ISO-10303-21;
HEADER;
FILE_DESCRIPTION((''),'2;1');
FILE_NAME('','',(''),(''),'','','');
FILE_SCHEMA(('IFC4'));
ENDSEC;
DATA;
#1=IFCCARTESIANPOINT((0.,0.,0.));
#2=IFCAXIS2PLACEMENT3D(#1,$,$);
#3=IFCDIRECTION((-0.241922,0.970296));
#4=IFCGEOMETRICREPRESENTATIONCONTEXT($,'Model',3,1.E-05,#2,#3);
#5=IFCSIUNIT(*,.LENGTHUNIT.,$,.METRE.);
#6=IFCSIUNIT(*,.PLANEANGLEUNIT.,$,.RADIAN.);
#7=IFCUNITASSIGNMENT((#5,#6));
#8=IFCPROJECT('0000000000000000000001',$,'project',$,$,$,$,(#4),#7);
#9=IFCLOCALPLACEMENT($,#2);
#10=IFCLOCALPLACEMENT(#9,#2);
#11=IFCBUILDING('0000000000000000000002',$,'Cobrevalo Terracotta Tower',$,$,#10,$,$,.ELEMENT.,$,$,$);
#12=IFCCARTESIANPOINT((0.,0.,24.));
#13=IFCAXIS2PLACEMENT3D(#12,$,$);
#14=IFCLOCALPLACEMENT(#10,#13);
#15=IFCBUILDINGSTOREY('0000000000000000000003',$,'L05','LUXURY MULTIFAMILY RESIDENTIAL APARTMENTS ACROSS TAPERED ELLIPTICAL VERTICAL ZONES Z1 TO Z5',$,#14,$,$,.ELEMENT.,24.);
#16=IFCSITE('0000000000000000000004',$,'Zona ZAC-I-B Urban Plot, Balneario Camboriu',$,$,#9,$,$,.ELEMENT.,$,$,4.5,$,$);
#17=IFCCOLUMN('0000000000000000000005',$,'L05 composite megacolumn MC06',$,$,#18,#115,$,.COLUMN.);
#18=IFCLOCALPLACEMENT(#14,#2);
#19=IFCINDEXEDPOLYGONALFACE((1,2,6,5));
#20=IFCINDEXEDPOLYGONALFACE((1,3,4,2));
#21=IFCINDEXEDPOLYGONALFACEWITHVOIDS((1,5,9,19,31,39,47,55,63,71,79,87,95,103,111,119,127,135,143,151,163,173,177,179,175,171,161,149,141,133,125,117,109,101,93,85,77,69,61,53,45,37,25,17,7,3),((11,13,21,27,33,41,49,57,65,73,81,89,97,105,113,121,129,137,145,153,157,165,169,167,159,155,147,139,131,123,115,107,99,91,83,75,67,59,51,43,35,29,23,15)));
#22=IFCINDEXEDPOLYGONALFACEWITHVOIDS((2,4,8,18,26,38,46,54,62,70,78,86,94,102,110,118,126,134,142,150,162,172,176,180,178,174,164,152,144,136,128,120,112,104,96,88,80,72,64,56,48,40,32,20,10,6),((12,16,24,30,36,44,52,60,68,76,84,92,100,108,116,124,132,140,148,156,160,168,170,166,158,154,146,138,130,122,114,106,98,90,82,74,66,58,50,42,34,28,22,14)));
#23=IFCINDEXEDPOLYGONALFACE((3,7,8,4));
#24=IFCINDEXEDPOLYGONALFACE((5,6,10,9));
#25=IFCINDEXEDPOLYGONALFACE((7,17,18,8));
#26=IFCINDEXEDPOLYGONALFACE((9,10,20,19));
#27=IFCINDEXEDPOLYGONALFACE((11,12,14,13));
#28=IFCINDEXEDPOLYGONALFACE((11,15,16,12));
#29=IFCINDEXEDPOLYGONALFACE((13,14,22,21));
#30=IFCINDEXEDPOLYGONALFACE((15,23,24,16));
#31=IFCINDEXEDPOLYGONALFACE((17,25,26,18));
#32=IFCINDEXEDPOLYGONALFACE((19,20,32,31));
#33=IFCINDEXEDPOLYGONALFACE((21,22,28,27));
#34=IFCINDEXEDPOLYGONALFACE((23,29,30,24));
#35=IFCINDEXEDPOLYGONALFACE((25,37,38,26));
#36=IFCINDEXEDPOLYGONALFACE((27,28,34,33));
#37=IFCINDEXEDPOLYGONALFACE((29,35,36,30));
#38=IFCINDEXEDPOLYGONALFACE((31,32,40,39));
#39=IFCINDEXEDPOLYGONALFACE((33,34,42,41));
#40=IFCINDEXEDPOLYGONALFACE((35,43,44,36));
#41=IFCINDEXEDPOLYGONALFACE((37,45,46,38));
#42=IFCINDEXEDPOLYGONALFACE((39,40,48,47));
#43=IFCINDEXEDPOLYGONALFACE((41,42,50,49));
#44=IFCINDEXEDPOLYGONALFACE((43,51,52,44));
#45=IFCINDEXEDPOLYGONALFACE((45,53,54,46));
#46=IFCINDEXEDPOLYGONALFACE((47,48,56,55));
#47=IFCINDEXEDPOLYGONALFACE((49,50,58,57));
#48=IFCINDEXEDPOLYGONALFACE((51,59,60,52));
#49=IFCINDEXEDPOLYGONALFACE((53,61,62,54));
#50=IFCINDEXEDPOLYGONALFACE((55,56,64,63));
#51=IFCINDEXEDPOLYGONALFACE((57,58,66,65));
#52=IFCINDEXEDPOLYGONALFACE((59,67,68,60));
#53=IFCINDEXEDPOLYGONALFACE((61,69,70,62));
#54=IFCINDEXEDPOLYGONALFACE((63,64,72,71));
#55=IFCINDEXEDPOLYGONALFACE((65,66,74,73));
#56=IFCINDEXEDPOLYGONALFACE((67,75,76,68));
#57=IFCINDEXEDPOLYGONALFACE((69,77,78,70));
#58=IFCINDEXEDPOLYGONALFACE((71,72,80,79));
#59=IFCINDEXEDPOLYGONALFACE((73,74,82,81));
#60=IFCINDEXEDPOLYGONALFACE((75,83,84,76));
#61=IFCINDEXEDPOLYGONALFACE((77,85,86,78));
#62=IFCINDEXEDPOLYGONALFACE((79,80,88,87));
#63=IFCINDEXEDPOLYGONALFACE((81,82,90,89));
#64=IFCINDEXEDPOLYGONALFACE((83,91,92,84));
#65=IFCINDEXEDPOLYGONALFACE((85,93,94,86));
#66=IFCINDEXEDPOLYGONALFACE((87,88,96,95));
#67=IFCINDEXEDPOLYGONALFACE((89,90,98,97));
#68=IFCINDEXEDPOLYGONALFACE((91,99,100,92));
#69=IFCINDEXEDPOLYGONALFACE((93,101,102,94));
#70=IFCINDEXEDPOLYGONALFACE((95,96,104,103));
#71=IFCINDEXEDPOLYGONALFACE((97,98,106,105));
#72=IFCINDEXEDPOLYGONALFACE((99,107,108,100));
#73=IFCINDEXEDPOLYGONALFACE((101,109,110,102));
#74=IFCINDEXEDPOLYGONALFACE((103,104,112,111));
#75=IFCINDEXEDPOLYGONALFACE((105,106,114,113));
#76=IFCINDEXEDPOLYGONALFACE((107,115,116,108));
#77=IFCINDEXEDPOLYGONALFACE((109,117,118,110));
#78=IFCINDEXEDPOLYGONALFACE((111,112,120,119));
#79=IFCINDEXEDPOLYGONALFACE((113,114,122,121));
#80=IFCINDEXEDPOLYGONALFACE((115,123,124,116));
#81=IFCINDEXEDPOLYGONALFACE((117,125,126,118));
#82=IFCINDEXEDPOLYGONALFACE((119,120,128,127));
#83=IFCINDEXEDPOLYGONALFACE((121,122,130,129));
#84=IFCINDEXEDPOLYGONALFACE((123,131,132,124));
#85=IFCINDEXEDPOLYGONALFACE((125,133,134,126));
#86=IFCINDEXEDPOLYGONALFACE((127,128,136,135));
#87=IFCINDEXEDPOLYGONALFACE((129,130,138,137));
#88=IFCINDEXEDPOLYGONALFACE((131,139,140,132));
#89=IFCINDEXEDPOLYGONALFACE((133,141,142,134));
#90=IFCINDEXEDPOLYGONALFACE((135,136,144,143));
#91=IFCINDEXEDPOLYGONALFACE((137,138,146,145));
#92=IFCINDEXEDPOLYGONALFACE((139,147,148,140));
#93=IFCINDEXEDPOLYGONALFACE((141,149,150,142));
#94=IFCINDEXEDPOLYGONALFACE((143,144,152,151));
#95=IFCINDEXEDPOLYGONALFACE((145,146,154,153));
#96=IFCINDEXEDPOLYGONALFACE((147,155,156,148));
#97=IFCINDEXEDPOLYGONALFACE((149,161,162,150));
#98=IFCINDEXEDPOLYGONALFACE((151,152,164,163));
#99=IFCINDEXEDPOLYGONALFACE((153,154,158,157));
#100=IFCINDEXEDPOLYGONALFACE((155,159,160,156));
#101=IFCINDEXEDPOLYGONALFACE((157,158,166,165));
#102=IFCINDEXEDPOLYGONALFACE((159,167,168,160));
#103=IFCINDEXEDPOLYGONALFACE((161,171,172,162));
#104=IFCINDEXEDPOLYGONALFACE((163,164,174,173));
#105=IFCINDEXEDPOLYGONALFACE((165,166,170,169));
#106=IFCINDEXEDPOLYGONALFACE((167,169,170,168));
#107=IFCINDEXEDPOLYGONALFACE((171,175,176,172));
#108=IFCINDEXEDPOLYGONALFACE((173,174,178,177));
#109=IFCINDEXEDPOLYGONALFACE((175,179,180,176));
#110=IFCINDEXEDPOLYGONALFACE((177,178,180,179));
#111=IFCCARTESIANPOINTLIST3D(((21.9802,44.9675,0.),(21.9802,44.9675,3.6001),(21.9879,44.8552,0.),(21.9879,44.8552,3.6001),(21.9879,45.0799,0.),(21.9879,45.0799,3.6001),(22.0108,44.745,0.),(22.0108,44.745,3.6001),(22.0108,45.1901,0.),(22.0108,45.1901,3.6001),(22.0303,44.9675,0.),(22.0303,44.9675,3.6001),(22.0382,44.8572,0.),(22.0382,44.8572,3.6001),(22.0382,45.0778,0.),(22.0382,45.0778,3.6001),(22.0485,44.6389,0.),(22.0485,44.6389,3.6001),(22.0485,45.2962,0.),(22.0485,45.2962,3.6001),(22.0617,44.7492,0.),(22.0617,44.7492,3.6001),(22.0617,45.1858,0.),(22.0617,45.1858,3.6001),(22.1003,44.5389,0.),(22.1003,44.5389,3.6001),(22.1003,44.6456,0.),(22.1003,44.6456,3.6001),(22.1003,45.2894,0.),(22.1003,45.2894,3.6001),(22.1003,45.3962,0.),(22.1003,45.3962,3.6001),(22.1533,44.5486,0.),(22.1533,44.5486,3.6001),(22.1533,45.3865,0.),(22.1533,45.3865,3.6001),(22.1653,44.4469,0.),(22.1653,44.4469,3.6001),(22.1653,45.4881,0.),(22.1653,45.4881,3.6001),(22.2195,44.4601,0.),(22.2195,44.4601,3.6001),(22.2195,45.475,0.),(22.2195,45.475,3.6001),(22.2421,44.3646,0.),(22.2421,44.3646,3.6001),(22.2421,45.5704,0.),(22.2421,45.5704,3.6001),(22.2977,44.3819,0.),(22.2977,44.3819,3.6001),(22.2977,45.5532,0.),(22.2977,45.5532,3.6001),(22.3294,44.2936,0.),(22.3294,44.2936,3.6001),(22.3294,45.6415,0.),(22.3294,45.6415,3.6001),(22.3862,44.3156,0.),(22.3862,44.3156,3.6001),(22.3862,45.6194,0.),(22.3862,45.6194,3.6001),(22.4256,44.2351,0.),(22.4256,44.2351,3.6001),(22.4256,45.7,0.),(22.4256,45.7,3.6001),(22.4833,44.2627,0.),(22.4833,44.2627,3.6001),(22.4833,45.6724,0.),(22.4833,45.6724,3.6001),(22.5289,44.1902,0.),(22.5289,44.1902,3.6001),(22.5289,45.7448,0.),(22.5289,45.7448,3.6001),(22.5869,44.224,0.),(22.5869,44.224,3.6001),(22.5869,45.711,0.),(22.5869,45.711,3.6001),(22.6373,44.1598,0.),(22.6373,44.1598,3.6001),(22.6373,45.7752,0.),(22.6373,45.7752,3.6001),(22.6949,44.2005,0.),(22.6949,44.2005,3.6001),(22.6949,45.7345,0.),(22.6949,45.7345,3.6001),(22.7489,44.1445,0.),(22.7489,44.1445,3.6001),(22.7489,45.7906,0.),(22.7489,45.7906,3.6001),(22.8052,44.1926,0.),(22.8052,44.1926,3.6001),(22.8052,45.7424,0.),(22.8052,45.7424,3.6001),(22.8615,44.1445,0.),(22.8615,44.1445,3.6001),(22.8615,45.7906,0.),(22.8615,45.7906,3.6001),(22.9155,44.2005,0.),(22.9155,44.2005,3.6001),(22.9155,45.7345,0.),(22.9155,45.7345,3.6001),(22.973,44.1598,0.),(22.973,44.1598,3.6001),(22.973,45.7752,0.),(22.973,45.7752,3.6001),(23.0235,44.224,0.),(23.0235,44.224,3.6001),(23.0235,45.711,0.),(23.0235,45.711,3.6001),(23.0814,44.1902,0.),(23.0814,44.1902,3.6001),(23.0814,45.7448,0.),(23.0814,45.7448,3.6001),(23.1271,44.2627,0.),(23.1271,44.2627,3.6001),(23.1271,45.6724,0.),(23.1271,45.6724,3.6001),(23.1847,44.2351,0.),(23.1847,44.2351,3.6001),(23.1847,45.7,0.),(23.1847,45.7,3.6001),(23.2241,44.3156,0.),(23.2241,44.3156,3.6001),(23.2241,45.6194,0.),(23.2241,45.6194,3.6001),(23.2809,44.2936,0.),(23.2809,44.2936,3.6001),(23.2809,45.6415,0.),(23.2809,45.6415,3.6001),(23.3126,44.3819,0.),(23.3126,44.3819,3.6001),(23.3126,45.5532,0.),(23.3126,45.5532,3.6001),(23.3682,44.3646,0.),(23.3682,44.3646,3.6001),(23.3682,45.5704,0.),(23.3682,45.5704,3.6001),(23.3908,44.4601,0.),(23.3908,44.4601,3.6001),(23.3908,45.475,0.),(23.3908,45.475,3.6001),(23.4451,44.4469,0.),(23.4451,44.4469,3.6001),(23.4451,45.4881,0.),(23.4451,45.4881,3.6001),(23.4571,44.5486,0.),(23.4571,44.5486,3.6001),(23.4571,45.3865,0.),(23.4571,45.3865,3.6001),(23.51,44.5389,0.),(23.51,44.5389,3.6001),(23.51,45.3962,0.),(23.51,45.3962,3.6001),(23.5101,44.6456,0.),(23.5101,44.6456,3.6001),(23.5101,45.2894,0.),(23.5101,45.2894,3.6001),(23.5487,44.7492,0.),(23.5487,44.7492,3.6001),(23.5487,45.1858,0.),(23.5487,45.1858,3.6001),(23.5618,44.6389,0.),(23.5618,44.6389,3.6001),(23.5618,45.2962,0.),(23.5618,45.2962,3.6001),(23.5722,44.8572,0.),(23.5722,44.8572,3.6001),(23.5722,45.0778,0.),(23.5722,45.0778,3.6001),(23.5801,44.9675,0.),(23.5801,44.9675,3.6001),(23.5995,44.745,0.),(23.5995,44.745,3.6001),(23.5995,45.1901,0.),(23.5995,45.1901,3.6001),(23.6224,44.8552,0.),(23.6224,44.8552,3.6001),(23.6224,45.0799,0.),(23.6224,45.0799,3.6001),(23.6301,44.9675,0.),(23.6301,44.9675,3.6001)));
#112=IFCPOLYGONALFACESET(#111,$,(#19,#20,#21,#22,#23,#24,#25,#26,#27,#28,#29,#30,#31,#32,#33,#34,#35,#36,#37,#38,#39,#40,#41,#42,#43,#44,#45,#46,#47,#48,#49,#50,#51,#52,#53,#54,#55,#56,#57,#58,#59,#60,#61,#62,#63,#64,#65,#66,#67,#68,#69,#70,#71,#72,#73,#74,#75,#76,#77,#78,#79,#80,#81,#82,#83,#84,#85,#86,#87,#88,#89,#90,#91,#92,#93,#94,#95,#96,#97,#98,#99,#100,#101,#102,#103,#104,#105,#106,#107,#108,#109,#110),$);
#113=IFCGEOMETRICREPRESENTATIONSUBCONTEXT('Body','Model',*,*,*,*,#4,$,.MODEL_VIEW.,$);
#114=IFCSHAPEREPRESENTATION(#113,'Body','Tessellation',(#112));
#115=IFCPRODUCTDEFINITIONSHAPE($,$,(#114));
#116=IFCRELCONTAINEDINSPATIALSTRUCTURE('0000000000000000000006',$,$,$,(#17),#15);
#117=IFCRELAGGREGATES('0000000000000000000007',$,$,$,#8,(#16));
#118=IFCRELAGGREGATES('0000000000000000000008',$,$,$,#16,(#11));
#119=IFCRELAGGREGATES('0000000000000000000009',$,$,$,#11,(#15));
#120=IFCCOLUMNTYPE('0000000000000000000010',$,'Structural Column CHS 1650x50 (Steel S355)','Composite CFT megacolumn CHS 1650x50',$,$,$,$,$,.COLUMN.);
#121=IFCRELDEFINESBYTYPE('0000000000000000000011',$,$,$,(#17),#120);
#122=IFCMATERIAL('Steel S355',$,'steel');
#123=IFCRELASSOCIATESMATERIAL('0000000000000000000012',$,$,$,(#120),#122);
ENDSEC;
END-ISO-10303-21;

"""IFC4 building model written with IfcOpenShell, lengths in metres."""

from ifc_helpers import new_model, si_unit, direction, frame, origin, origin_2d, place, context, subcontext, project, spatial, hollow_circle, extrude, material, material_profile, profile_set, type_object, element, save


model = new_model("IFC4")

# Units and contexts
model_context = context("Model", 3, precision=1e-05, world=origin(), true_north=direction((-0.241922, 0.970296)))
body_context = subcontext(model_context, "Body", "Model", "MODEL_VIEW")
ifc_project = project(units=[si_unit("LENGTHUNIT", "METRE"), si_unit("PLANEANGLEUNIT", "RADIAN")], contexts=[model_context])

# Site, building, storey
site_placement = place(None, origin())
site = spatial("IfcSite", under=ifc_project, at=site_placement, Name="Zona ZAC-I-B Urban Plot, Balneario Camboriu", CompositionType="ELEMENT", RefElevation=4.5)
building_placement = place(site_placement, origin())
building = spatial("IfcBuilding", under=site, at=building_placement, Name="Cobrevalo Terracotta Tower", CompositionType="ELEMENT")
storey_placement = place(building_placement, frame((0.0, 0.0, 24.0)))
storey = spatial("IfcBuildingStorey", under=building, at=storey_placement, Name="L05", Description="LUXURY MULTIFAMILY RESIDENTIAL APARTMENTS ACROSS TAPERED ELLIPTICAL VERTICAL ZONES Z1 TO Z5", CompositionType="ELEMENT", Elevation=24.0)

# Column
ifc_material_1 = material(Name="Steel S355", Category="steel")
ifc_material_profile_1 = material_profile(ifc_material_1, hollow_circle(Radius=0.825, WallThickness=0.05, at=origin_2d()), Name="CHS 1650x50")
ifc_profile_set_1 = profile_set([ifc_material_profile_1], Name="Steel S355")
column_type = type_object("IfcColumnType", Name="Structural Column CHS 1650x50 (Steel S355)", Description="Composite CFT megacolumn CHS 1650x50", PredefinedType="COLUMN", material=ifc_profile_set_1)
for number, where, z_axis, x_axis, name in (
    (1, (22.8052, 44.9675, 0.0), (0.0, 0.0, 1.0), (1.0, 0.0, 0.0), "L05 composite megacolumn MC06"),
):
    element("IfcColumn", number, at=place(storey_placement, frame(where, z_axis=z_axis, x_axis=x_axis)), inside=storey, type_object=column_type, Name=name, PredefinedType="COLUMN", context=body_context, shape_type="SweptSolid", body=[
        extrude(hollow_circle(Radius=0.825, WallThickness=0.05, at=origin_2d()), origin(), (0.0, 0.0, 1.0), 3.6001),
    ])

save(model, "model.ifc")
